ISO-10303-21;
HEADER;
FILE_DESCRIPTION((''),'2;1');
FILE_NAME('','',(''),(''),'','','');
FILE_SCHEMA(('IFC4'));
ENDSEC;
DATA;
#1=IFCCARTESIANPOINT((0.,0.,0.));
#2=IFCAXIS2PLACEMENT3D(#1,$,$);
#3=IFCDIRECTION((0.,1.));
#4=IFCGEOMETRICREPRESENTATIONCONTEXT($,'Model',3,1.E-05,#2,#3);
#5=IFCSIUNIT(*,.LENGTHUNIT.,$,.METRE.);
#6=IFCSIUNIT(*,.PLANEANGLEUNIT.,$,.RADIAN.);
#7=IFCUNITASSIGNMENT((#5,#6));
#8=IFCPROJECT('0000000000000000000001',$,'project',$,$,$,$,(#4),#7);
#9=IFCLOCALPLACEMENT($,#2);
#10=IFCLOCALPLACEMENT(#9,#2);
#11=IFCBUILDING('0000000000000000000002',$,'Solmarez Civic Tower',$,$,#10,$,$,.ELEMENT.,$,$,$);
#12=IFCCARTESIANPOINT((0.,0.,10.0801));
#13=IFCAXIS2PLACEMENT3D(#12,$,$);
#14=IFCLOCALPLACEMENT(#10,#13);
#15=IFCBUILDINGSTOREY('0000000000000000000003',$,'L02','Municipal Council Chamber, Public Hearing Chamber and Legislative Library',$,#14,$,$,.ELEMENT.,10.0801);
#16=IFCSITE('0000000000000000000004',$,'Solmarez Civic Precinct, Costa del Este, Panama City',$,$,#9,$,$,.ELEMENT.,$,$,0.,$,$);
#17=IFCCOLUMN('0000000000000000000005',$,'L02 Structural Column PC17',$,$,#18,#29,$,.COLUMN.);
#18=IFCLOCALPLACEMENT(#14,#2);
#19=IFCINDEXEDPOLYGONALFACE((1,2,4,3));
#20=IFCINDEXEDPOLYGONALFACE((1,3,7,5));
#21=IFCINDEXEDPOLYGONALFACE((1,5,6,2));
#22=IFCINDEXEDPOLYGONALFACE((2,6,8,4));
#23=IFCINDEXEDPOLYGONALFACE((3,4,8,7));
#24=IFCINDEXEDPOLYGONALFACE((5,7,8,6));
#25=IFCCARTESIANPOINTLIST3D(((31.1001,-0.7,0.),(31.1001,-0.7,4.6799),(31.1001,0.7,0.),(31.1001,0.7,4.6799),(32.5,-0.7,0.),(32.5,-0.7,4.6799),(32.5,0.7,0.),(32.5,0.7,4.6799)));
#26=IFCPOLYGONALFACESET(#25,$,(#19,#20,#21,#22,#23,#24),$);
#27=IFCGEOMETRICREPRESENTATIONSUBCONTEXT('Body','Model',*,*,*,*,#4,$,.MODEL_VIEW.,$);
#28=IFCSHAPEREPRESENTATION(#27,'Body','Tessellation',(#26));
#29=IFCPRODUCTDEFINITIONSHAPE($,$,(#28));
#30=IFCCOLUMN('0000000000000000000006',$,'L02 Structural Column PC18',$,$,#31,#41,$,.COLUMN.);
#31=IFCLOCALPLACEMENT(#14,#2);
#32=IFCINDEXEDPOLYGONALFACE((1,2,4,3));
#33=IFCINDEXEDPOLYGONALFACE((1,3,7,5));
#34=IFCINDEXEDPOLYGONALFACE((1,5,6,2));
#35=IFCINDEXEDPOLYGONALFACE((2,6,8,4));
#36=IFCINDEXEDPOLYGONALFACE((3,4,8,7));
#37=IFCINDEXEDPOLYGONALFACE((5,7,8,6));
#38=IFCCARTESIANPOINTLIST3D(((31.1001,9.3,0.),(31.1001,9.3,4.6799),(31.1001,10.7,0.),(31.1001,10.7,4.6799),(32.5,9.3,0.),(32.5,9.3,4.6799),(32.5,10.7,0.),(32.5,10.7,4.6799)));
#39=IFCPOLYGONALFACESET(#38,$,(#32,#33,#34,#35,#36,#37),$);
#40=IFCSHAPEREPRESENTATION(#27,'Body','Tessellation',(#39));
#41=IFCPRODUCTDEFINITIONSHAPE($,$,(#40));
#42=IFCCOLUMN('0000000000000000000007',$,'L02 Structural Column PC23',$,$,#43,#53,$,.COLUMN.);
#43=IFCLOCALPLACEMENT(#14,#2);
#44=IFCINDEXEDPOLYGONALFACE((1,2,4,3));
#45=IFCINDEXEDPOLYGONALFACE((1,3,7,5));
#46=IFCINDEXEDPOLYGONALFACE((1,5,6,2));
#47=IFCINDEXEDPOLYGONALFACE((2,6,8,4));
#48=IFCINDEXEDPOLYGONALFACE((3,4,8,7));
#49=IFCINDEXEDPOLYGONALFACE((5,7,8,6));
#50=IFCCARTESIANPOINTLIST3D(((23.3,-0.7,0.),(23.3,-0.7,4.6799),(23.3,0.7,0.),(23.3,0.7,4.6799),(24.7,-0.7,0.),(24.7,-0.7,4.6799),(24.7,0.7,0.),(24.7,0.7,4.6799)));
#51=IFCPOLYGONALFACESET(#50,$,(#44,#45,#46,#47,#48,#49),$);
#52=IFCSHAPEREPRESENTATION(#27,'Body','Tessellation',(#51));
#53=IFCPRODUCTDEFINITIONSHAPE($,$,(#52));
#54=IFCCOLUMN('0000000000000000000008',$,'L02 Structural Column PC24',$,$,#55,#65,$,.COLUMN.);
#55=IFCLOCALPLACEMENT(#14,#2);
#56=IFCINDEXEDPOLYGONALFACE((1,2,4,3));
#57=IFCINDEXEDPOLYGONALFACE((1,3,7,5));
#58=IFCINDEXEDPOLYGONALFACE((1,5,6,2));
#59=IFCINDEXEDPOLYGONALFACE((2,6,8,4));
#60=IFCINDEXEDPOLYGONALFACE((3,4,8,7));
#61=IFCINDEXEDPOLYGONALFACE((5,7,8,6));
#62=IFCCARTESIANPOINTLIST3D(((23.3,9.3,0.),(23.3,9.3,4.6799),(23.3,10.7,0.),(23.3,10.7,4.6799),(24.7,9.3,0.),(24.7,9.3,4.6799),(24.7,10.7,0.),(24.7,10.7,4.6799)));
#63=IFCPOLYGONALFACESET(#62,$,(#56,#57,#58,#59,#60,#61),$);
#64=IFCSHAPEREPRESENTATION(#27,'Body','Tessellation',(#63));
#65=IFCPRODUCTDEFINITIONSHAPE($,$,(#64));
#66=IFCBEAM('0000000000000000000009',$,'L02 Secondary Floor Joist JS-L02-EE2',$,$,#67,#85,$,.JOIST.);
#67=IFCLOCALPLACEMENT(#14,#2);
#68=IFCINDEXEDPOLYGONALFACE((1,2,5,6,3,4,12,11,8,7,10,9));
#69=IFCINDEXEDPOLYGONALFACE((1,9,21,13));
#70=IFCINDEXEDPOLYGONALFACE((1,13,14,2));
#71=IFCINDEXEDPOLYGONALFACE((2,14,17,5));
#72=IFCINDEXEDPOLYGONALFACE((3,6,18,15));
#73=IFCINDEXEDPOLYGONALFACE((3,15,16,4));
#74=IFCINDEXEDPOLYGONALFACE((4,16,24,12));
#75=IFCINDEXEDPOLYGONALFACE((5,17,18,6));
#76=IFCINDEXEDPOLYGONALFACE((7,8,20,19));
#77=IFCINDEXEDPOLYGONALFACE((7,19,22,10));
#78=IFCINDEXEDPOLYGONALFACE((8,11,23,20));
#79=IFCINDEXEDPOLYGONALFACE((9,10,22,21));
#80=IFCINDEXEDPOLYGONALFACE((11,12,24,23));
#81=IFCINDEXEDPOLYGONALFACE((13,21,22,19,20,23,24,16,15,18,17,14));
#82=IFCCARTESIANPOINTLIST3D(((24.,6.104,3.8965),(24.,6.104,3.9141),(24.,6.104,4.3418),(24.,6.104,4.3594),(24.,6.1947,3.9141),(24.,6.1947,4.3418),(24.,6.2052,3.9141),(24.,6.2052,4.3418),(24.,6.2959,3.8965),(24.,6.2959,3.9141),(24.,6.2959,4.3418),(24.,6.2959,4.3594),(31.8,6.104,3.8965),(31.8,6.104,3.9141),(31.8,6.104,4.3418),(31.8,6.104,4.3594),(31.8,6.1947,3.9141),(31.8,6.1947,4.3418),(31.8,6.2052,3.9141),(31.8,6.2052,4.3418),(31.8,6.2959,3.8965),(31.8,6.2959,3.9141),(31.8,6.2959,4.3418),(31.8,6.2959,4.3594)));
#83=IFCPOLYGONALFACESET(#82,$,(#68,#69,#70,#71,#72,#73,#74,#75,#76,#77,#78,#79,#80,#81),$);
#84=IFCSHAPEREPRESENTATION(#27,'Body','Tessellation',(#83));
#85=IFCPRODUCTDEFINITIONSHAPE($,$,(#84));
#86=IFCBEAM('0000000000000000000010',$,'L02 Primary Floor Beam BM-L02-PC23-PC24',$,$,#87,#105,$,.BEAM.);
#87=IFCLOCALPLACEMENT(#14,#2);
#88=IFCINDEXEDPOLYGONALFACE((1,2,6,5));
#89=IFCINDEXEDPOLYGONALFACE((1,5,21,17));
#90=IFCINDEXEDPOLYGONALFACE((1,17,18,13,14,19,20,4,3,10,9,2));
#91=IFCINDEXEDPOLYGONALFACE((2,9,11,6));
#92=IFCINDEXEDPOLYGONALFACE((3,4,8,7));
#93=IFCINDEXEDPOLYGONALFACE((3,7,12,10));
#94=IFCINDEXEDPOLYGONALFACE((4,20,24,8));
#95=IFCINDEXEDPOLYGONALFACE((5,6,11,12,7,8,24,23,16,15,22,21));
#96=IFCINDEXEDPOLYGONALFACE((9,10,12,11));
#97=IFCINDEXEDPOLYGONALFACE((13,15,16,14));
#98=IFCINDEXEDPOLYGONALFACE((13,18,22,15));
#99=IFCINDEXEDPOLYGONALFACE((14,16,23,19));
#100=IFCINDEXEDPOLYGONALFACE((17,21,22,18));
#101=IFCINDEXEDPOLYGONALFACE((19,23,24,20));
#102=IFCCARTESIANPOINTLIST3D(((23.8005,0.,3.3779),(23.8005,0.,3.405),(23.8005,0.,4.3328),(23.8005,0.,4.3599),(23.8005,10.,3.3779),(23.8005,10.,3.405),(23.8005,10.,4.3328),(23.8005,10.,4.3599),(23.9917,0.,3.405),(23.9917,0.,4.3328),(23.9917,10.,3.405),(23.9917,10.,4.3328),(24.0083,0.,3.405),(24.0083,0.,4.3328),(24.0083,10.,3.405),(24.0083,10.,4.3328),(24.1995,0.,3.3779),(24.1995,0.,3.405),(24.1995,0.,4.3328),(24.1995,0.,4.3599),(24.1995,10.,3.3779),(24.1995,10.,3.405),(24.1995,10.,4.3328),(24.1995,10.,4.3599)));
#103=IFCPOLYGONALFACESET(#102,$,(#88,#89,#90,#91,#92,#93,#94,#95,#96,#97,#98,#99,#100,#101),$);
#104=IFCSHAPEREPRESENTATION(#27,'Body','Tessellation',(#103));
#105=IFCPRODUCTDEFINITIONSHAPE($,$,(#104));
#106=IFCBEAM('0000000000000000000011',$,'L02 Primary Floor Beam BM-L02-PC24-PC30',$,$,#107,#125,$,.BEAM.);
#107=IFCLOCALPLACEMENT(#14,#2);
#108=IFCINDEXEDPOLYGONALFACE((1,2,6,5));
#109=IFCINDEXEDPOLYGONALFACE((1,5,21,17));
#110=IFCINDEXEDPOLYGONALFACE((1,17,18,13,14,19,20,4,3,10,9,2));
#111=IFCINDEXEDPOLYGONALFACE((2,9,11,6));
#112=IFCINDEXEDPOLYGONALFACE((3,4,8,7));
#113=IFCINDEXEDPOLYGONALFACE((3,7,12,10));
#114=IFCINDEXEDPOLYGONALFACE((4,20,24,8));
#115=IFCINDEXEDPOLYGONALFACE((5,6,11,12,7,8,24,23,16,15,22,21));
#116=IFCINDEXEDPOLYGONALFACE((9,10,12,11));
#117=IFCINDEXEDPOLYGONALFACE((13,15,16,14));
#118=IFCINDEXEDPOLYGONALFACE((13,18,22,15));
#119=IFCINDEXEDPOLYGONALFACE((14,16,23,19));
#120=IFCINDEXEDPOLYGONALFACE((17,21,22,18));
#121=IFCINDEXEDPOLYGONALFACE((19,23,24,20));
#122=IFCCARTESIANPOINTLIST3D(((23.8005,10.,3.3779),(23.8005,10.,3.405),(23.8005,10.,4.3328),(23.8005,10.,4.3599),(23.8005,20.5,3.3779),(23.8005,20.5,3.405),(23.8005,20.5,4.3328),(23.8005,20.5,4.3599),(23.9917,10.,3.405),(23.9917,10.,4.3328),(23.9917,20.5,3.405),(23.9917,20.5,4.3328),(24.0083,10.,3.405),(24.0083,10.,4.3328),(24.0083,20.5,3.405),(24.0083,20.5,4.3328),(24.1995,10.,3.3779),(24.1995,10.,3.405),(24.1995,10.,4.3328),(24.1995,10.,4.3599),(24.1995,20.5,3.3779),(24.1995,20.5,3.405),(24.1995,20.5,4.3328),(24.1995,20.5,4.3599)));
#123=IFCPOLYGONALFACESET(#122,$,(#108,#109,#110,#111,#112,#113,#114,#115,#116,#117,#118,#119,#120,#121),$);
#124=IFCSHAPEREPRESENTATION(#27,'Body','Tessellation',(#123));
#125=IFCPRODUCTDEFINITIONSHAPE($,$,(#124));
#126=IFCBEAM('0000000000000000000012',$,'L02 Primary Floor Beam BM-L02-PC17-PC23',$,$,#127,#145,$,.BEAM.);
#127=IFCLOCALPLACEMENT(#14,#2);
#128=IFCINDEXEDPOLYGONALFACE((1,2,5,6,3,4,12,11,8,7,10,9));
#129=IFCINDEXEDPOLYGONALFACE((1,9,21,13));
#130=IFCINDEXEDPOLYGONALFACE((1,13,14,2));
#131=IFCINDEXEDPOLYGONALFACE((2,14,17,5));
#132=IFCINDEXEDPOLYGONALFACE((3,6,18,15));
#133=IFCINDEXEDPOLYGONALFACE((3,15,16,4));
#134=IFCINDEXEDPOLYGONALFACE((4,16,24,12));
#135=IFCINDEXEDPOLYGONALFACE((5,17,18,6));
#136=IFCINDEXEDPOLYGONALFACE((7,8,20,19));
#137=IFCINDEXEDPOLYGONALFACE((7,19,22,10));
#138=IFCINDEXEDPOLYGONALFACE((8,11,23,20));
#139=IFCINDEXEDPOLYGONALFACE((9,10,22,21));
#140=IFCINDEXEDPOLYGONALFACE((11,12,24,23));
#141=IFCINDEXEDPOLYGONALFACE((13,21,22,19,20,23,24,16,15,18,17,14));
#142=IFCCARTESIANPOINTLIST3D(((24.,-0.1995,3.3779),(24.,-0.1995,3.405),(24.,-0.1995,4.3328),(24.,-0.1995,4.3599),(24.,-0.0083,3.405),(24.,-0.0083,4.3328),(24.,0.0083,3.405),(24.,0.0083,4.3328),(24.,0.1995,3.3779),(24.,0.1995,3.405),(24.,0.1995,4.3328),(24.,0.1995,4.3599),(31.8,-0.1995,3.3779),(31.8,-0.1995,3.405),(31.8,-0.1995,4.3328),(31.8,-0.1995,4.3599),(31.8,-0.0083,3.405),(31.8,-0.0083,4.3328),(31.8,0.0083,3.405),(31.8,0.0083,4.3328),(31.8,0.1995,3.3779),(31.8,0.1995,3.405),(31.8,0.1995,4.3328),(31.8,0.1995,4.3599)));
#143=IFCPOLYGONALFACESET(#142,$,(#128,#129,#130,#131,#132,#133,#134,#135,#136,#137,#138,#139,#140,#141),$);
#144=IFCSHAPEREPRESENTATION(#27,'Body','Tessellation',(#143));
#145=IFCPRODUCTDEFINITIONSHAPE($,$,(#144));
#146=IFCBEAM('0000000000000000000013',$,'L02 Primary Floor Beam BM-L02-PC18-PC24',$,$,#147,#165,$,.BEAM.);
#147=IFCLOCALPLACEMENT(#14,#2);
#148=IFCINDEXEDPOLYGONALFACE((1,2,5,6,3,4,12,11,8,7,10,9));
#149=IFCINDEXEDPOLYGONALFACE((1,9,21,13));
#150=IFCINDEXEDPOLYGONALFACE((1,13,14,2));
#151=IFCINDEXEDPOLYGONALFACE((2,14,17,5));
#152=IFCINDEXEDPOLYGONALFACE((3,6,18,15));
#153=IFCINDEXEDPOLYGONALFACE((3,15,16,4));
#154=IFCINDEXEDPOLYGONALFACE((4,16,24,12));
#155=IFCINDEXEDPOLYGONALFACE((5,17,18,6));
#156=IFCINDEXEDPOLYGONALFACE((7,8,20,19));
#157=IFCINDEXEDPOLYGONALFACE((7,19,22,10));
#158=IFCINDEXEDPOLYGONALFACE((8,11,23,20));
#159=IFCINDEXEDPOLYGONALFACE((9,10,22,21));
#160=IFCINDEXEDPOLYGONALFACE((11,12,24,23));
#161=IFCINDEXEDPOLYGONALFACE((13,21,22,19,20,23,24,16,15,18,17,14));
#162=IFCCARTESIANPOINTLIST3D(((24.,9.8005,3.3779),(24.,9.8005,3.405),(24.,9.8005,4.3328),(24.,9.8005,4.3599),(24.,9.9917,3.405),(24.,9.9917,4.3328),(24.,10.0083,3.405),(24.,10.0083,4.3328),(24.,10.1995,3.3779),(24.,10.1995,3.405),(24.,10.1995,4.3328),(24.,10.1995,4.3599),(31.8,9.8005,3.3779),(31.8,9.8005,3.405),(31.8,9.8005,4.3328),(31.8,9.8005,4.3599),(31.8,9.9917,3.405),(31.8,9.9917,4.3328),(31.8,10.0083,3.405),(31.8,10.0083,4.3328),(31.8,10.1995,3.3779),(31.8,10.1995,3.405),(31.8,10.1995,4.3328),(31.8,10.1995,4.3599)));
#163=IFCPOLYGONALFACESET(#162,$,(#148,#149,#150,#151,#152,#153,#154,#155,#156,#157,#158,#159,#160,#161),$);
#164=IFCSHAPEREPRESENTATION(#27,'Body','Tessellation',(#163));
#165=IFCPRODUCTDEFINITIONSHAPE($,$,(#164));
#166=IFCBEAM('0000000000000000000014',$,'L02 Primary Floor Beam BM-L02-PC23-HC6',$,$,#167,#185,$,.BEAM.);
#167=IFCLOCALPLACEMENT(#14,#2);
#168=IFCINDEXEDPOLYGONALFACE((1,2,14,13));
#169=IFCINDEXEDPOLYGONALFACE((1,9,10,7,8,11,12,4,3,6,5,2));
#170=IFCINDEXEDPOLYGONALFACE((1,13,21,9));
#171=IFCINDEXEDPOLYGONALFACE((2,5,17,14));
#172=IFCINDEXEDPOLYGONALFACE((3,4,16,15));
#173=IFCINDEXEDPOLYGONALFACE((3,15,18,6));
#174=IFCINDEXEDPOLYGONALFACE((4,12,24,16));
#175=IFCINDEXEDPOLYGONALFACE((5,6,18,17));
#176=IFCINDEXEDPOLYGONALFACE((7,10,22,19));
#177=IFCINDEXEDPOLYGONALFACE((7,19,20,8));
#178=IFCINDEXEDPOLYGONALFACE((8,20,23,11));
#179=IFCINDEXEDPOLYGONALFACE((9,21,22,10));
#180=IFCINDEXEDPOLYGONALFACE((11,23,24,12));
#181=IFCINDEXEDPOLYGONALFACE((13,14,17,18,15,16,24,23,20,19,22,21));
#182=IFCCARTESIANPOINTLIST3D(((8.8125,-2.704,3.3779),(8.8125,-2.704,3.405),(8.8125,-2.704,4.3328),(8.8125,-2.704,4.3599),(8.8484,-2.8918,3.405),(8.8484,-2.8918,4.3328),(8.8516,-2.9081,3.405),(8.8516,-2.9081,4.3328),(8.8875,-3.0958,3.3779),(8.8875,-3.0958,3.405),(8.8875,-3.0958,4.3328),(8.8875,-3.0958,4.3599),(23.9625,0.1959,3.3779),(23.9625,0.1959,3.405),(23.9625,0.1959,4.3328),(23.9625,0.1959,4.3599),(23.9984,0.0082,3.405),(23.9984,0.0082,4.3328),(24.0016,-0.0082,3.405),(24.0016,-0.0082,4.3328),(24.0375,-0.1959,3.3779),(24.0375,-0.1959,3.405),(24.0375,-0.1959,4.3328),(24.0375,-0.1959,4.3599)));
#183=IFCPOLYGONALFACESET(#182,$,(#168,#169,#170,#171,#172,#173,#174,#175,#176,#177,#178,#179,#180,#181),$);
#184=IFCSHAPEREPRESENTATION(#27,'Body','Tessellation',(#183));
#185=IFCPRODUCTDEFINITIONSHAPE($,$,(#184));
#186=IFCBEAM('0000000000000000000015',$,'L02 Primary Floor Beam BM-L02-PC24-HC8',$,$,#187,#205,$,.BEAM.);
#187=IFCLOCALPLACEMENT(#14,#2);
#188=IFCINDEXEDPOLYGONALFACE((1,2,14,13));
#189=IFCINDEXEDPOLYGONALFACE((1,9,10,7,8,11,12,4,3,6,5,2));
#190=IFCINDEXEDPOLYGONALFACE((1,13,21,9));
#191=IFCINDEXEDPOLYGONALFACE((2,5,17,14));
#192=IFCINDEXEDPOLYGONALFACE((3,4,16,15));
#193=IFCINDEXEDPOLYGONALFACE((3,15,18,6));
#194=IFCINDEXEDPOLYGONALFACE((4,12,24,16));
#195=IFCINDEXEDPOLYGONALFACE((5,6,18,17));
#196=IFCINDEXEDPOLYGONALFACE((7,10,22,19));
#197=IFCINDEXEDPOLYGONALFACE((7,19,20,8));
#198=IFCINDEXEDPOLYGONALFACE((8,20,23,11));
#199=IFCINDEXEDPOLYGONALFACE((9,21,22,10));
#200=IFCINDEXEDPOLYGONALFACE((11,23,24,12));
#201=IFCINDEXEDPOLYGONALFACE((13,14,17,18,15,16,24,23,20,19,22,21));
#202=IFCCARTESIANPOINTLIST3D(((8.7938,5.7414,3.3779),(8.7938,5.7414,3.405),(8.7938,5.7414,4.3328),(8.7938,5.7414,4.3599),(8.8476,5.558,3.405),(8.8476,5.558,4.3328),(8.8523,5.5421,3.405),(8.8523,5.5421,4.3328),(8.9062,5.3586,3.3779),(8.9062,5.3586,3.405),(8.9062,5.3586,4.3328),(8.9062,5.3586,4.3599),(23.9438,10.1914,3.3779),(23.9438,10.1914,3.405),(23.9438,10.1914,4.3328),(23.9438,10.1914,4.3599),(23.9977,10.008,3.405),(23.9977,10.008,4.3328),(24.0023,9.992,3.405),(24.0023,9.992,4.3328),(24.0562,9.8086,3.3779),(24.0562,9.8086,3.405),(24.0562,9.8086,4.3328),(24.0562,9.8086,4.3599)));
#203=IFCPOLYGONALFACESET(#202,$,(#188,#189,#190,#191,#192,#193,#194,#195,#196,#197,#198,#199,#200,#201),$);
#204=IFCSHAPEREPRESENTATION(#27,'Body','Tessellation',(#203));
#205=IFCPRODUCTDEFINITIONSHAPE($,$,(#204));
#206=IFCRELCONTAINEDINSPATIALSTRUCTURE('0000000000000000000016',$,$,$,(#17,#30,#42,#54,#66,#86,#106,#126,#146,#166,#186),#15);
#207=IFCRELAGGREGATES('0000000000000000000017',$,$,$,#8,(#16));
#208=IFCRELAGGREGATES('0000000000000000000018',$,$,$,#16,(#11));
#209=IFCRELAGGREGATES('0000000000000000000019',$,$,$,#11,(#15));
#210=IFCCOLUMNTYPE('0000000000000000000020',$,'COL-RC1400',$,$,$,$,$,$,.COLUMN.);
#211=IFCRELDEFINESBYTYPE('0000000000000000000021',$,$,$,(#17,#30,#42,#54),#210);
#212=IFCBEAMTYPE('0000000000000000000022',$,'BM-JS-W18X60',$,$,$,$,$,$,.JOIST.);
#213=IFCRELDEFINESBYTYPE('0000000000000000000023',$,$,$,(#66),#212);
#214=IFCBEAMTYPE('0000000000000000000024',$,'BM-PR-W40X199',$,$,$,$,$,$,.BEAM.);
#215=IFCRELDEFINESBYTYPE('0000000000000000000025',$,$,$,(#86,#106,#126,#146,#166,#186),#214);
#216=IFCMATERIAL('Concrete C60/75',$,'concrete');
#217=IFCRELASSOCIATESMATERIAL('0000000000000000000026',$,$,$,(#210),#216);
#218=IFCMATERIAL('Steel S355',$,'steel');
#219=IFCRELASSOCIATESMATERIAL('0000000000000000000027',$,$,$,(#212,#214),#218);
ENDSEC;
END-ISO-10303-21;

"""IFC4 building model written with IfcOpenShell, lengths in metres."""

from ifc_helpers import new_model, si_unit, direction, frame, origin, origin_2d, place, context, subcontext, project, spatial, rectangle, i_section, extrude, material, material_profile, profile_set, type_object, element, save


model = new_model("IFC4")

# Units and contexts
model_context = context("Model", 3, precision=1e-05, world=origin(), true_north=direction((0.0, 1.0)))
body_context = subcontext(model_context, "Body", "Model", "MODEL_VIEW")
ifc_project = project(units=[si_unit("LENGTHUNIT", "METRE"), si_unit("PLANEANGLEUNIT", "RADIAN")], contexts=[model_context])

# Site, building, storey
site_placement = place(None, origin())
site = spatial("IfcSite", under=ifc_project, at=site_placement, Name="Solmarez Civic Precinct, Costa del Este, Panama City", CompositionType="ELEMENT", RefElevation=0.0)
building_placement = place(site_placement, origin())
building = spatial("IfcBuilding", under=site, at=building_placement, Name="Solmarez Civic Tower", CompositionType="ELEMENT")
storey_placement = place(building_placement, frame((0.0, 0.0, 10.0801)))
storey = spatial("IfcBuildingStorey", under=building, at=storey_placement, Name="L02", Description="Municipal Council Chamber, Public Hearing Chamber and Legislative Library", CompositionType="ELEMENT", Elevation=10.0801)

# Columns
ifc_material_1 = material(Name="Concrete C60/75", Category="concrete")
ifc_material_profile_1 = material_profile(ifc_material_1, rectangle(XDim=1.3999, YDim=1.3999, at=origin_2d()), Name="RC1400X1400")
ifc_profile_set_1 = profile_set([ifc_material_profile_1], Name="Concrete C60/75")
column_type = type_object("IfcColumnType", Name="COL-RC1400", PredefinedType="COLUMN", material=ifc_profile_set_1)
for number, where, z_axis, x_axis, name in (
    (1, (31.8, 0.0, 0.0), (0.0, 0.0, 1.0), (1.0, 0.0, 0.0), "L02 Structural Column PC17"),
    (2, (31.8, 10.0, 0.0), (0.0, 0.0, 1.0), (1.0, 0.0, 0.0), "L02 Structural Column PC18"),
    (3, (24.0, 0.0, 0.0), (0.0, 0.0, 1.0), (1.0, 0.0, 0.0), "L02 Structural Column PC23"),
    (4, (24.0, 10.0, 0.0), (0.0, 0.0, 1.0), (1.0, 0.0, 0.0), "L02 Structural Column PC24"),
):
    element("IfcColumn", number, at=place(storey_placement, frame(where, z_axis=z_axis, x_axis=x_axis)), inside=storey, type_object=column_type, Name=name, PredefinedType="COLUMN", context=body_context, shape_type="SweptSolid", body=[
        extrude(rectangle(XDim=1.3999, YDim=1.3999, at=origin_2d()), origin(), (0.0, 0.0, 1.0), 4.6799),
    ])

# Beams
ifc_material_2 = material(Name="Steel S355", Category="steel")
ifc_material_profile_2 = material_profile(ifc_material_2, i_section(OverallWidth=0.1919, OverallDepth=0.4629, WebThickness=0.0105, FlangeThickness=0.0176, at=origin_2d()), Name="W18X60")
ifc_profile_set_2 = profile_set([ifc_material_profile_2], Name="Steel S355")
beam_type_1 = type_object("IfcBeamType", Name="BM-JS-W18X60", PredefinedType="JOIST", material=ifc_profile_set_2)
beam_1_placement = place(storey_placement, frame((24.0, 6.2, 4.1279), z_axis=(1.0, 0.0, 0.0), x_axis=(0.0, 1.0, 0.0)))
element("IfcBeam", 5, at=beam_1_placement, inside=storey, type_object=beam_type_1, Name="L02 Secondary Floor Joist JS-L02-EE2", PredefinedType="JOIST", context=body_context, shape_type="SweptSolid", body=[
    extrude(i_section(OverallWidth=0.1919, OverallDepth=0.4629, WebThickness=0.0105, FlangeThickness=0.0176, at=origin_2d()), origin(), (0.0, 0.0, 1.0), 7.8),
])
ifc_material_profile_3 = material_profile(ifc_material_2, i_section(OverallWidth=0.3989, OverallDepth=0.9819, WebThickness=0.0166, FlangeThickness=0.0271, at=origin_2d()), Name="W40X199")
ifc_profile_set_3 = profile_set([ifc_material_profile_3], Name="Steel S355")
beam_type_2 = type_object("IfcBeamType", Name="BM-PR-W40X199", PredefinedType="BEAM", material=ifc_profile_set_3)
beam_2_placement = place(storey_placement, frame((24.0, 0.0, 3.8689), z_axis=(0.0, 1.0, 0.0), x_axis=(-1.0, 0.0, 0.0)))
element("IfcBeam", 6, at=beam_2_placement, inside=storey, type_object=beam_type_2, Name="L02 Primary Floor Beam BM-L02-PC23-PC24", PredefinedType="BEAM", context=body_context, shape_type="SweptSolid", body=[
    extrude(i_section(OverallWidth=0.3989, OverallDepth=0.9819, WebThickness=0.0166, FlangeThickness=0.0271, at=origin_2d()), origin(), (0.0, 0.0, 1.0), 10.0),
])
beam_3_placement = place(storey_placement, frame((24.0, 10.0, 3.8689), z_axis=(0.0, 1.0, 0.0), x_axis=(-1.0, 0.0, 0.0)))
element("IfcBeam", 7, at=beam_3_placement, inside=storey, type_object=beam_type_2, Name="L02 Primary Floor Beam BM-L02-PC24-PC30", PredefinedType="BEAM", context=body_context, shape_type="SweptSolid", body=[
    extrude(i_section(OverallWidth=0.3989, OverallDepth=0.9819, WebThickness=0.0166, FlangeThickness=0.0271, at=origin_2d()), origin(), (0.0, 0.0, 1.0), 10.5),
])
for number, where, z_axis, x_axis, name in (
    (8, (31.8, 0.0, 3.8689), (-1.0, 0.0, 0.0), (0.0, -1.0, 0.0), "L02 Primary Floor Beam BM-L02-PC17-PC23"),
    (9, (31.8, 10.0, 3.8689), (-1.0, 0.0, 0.0), (0.0, -1.0, 0.0), "L02 Primary Floor Beam BM-L02-PC18-PC24"),
):
    element("IfcBeam", number, at=place(storey_placement, frame(where, z_axis=z_axis, x_axis=x_axis)), inside=storey, type_object=beam_type_2, Name=name, PredefinedType="BEAM", context=body_context, shape_type="SweptSolid", body=[
        extrude(i_section(OverallWidth=0.3989, OverallDepth=0.9819, WebThickness=0.0166, FlangeThickness=0.0271, at=origin_2d()), origin(), (0.0, 0.0, 1.0), 7.8),
    ])
beam_4_placement = place(storey_placement, frame((24.0, 0.0, 3.8689), z_axis=(-0.982169, -0.188001, 0.0), x_axis=(0.188001, -0.982169, 0.0)))
element("IfcBeam", 10, at=beam_4_placement, inside=storey, type_object=beam_type_2, Name="L02 Primary Floor Beam BM-L02-PC23-HC6", PredefinedType="BEAM", context=body_context, shape_type="SweptSolid", body=[
    extrude(i_section(OverallWidth=0.3989, OverallDepth=0.9819, WebThickness=0.0166, FlangeThickness=0.0271, at=origin_2d()), origin(), (0.0, 0.0, 1.0), 15.425),
])
beam_5_placement = place(storey_placement, frame((24.0, 10.0, 3.8689), z_axis=(-0.959467, -0.281822, 0.0), x_axis=(0.281822, -0.959467, 0.0)))
element("IfcBeam", 11, at=beam_5_placement, inside=storey, type_object=beam_type_2, Name="L02 Primary Floor Beam BM-L02-PC24-HC8", PredefinedType="BEAM", context=body_context, shape_type="SweptSolid", body=[
    extrude(i_section(OverallWidth=0.3989, OverallDepth=0.9819, WebThickness=0.0166, FlangeThickness=0.0271, at=origin_2d()), origin(), (0.0, 0.0, 1.0), 15.79),
])

save(model, "model.ifc")
